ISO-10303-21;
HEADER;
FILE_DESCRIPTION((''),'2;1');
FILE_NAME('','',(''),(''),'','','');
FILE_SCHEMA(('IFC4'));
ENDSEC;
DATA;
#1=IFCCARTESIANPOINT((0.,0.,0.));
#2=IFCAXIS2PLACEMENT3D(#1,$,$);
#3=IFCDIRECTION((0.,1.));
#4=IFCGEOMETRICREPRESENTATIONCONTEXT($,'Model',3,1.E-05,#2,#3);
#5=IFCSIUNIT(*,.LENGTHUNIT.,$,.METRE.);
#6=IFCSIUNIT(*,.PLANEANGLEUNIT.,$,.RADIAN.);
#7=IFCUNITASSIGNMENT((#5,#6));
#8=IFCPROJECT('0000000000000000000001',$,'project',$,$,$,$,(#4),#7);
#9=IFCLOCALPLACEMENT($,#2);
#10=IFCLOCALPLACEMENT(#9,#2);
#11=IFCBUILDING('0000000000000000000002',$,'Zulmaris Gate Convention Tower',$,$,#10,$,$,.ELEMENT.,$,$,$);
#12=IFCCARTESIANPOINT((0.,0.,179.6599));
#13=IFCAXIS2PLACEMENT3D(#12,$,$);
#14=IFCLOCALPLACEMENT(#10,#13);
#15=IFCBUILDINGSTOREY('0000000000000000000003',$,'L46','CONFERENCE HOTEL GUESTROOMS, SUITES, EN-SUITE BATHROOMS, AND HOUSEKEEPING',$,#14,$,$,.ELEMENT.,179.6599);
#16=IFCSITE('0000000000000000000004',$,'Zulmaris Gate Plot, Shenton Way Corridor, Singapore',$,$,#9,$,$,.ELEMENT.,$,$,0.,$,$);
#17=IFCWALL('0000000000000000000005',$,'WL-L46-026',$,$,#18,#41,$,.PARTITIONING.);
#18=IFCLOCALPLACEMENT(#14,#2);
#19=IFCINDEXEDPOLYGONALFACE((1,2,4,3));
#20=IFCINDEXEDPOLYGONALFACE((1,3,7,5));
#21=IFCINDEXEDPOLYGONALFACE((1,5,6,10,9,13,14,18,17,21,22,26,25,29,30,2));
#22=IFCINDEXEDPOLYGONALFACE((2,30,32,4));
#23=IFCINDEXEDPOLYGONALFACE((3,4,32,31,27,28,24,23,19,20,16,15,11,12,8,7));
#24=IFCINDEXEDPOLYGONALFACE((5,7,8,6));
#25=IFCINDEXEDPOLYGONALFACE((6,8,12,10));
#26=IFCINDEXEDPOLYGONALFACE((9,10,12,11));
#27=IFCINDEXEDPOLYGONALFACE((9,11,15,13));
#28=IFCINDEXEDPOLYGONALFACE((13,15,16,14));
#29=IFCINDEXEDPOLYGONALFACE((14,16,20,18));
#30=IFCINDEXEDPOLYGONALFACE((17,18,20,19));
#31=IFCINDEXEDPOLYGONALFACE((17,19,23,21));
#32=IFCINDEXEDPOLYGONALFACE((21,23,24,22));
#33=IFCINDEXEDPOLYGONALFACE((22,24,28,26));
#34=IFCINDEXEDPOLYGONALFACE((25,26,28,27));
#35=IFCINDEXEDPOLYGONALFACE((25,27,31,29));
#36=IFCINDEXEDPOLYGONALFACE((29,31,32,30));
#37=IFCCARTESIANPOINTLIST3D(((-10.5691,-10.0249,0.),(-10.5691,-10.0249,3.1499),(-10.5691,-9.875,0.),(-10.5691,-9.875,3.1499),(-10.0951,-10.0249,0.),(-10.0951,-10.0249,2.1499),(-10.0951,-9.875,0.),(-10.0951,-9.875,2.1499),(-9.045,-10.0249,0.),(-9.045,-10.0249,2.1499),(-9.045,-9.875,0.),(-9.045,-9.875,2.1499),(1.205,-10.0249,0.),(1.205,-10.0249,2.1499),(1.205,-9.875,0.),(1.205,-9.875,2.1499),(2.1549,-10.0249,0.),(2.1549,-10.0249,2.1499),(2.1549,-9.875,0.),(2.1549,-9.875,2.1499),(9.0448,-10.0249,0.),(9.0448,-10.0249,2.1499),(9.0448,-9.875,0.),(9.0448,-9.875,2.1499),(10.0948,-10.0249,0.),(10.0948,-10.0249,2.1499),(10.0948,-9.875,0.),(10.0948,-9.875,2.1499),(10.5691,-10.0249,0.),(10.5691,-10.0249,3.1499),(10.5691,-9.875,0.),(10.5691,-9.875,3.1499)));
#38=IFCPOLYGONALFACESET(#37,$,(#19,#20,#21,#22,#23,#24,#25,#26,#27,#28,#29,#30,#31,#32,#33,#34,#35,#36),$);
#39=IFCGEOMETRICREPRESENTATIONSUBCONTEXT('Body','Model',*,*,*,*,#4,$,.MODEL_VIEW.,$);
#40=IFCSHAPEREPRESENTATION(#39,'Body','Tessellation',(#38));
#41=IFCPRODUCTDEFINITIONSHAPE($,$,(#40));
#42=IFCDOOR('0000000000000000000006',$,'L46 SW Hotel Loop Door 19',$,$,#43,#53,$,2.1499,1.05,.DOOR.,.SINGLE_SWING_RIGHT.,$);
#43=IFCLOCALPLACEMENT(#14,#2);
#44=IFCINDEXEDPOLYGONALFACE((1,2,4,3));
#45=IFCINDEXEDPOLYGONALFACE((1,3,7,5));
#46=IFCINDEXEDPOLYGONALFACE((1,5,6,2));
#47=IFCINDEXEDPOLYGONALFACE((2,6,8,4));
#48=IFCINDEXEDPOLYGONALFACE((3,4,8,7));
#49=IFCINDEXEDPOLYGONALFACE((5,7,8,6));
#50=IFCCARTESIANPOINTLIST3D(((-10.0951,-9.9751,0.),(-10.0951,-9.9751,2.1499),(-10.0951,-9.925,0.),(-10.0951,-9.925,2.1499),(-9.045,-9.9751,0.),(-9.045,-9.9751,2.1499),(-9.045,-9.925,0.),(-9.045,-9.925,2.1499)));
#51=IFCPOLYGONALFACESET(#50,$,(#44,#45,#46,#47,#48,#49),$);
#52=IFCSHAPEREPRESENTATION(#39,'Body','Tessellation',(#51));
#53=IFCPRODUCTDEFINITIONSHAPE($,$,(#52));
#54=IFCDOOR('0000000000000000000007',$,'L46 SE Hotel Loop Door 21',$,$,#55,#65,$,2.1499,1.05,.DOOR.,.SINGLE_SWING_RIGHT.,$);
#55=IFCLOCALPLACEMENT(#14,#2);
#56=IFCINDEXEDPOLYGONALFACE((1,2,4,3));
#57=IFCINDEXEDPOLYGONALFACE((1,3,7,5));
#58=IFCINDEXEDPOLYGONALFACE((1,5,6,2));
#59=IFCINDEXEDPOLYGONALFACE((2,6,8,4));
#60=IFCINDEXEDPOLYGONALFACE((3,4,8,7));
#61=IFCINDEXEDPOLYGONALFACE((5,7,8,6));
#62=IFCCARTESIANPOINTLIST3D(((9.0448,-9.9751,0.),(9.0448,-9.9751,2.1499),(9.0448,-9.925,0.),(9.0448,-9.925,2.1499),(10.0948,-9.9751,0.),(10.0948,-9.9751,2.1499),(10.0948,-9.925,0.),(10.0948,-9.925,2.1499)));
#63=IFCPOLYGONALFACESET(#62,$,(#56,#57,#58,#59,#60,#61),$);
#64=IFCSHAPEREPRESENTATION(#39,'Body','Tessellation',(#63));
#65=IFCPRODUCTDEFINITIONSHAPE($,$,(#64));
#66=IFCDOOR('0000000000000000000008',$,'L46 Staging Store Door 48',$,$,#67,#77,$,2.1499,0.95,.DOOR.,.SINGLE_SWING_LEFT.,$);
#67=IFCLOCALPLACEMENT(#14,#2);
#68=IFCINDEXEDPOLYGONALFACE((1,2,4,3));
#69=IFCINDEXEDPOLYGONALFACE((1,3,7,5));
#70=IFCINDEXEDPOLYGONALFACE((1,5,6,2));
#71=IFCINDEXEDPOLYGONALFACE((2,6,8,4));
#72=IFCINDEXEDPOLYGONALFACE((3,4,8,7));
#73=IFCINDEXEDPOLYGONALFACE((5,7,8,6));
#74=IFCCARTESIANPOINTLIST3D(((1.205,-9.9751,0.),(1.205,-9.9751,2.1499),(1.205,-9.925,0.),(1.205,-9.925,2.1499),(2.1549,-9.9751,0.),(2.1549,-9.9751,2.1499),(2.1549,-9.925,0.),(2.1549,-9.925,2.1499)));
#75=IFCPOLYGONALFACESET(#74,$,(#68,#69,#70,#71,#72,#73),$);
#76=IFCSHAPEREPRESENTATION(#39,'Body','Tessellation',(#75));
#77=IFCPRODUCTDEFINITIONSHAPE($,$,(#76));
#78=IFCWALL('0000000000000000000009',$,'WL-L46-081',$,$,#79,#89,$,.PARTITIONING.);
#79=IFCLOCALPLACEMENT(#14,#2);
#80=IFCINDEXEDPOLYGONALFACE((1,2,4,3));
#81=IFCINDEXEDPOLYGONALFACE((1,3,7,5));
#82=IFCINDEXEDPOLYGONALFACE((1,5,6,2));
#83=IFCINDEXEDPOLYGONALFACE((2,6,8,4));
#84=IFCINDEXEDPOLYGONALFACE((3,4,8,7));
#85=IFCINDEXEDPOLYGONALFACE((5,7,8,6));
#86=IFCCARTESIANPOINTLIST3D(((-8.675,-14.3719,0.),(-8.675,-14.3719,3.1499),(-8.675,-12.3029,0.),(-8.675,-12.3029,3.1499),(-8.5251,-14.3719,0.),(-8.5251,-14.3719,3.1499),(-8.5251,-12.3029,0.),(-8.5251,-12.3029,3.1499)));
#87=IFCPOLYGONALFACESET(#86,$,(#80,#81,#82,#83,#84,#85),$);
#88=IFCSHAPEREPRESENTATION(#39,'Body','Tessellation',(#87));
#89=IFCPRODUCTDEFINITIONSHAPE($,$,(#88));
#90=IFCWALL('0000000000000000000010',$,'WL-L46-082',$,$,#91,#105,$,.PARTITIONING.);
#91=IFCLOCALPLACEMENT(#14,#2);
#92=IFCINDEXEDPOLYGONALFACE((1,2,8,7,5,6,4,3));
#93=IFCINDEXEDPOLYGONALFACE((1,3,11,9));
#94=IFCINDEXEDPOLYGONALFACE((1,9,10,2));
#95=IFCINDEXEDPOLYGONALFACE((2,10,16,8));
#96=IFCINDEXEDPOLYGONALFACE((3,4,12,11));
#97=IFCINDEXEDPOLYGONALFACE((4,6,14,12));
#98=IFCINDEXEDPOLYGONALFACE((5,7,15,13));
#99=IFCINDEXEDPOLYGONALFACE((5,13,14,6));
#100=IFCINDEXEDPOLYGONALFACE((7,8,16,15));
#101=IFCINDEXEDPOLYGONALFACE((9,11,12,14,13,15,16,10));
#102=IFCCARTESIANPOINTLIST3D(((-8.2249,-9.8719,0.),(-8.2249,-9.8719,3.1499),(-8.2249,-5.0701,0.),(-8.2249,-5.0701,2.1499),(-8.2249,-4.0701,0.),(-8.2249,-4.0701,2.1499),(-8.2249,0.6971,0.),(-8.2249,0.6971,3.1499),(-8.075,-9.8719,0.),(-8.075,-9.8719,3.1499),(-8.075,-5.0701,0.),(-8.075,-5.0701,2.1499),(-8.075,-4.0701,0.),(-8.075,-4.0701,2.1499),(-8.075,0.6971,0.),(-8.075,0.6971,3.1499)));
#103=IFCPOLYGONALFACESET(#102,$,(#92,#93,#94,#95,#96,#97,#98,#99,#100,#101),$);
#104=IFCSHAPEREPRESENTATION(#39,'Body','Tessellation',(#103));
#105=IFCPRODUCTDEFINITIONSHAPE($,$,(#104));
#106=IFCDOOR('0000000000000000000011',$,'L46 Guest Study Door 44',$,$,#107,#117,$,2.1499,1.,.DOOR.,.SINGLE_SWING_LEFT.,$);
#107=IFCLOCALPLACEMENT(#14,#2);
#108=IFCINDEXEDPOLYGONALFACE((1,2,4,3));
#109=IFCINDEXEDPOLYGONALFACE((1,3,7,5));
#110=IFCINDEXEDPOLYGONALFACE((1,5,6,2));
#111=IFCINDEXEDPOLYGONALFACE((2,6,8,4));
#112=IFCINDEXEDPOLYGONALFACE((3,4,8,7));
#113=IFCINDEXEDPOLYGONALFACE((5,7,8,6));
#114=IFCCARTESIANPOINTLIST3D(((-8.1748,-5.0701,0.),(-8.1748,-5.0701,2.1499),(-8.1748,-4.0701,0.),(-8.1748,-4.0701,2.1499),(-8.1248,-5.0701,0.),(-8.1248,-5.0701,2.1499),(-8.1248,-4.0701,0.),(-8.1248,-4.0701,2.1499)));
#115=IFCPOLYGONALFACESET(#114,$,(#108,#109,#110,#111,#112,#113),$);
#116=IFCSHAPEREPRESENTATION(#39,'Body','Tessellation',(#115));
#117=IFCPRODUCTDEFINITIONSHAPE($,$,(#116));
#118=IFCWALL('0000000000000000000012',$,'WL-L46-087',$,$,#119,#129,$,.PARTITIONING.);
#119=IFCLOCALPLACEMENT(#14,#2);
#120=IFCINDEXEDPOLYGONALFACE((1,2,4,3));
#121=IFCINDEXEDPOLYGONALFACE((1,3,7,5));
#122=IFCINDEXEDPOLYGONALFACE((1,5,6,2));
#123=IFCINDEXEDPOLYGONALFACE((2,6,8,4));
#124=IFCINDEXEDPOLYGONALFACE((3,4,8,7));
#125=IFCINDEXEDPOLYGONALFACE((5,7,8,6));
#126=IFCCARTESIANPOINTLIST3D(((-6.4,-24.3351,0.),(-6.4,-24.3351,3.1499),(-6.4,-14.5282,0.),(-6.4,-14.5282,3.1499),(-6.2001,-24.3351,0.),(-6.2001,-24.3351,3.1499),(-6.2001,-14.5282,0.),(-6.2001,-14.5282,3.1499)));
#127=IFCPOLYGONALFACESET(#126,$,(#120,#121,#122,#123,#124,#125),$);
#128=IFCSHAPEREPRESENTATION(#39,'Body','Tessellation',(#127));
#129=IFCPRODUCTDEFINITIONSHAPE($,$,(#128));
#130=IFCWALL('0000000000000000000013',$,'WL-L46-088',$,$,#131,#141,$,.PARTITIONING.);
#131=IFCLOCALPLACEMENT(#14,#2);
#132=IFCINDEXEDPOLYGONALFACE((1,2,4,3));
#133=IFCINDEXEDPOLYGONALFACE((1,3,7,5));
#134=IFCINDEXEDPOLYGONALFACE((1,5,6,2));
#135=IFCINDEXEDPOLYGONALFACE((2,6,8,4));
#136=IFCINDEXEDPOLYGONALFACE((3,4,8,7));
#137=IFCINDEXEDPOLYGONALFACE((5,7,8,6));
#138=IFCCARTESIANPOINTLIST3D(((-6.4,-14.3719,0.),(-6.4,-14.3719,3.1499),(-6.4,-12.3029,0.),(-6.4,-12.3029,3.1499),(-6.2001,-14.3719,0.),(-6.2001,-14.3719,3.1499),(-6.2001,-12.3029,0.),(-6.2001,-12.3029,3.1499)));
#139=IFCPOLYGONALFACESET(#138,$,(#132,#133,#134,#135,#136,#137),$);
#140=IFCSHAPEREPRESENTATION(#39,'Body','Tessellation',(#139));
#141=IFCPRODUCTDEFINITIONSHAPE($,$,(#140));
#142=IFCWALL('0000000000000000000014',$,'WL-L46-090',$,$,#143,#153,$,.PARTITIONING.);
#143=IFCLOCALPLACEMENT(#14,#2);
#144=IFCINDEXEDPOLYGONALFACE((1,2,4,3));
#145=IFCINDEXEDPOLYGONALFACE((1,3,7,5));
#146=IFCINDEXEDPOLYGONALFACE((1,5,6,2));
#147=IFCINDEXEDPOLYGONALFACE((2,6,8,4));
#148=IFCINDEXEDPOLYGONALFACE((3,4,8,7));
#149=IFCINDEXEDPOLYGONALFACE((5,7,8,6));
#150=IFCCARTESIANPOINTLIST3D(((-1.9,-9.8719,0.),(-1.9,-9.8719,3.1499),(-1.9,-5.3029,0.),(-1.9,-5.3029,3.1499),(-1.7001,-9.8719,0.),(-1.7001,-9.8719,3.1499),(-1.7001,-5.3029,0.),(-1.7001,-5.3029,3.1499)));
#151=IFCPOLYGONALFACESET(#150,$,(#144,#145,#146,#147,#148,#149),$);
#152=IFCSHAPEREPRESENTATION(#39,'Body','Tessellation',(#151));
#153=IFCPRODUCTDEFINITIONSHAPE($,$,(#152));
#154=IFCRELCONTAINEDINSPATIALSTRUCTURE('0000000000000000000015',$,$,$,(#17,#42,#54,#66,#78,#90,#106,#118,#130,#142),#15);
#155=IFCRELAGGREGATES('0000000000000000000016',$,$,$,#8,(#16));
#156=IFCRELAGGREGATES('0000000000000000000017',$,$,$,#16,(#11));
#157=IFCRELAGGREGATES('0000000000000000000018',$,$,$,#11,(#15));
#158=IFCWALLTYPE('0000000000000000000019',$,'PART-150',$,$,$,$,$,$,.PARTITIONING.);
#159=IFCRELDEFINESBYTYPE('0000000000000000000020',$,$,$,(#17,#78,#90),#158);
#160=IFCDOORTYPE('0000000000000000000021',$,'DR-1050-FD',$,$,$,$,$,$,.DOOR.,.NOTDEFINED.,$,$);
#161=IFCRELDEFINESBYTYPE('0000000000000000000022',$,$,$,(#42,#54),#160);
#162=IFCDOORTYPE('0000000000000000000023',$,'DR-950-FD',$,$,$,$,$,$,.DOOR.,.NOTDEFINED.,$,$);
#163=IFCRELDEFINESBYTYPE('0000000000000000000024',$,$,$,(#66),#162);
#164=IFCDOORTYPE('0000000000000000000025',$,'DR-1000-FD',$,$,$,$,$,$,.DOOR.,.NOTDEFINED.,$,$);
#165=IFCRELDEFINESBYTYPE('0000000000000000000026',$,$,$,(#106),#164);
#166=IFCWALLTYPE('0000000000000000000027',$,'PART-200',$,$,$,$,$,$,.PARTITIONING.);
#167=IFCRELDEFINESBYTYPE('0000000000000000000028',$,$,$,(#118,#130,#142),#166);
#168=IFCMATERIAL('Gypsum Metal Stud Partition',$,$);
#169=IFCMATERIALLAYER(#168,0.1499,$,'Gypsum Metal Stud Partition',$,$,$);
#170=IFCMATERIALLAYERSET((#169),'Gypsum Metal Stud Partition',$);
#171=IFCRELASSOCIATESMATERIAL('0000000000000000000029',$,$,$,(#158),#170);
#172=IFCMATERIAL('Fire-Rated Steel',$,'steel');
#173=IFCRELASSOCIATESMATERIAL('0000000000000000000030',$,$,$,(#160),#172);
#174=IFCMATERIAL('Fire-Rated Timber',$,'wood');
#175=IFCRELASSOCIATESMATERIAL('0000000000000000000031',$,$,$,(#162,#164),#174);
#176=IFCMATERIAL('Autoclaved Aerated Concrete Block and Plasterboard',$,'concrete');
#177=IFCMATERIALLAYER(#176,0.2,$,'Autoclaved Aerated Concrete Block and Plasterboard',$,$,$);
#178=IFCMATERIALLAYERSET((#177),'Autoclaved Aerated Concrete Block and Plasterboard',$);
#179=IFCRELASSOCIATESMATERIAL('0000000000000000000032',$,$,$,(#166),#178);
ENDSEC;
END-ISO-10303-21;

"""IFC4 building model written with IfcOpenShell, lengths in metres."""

from ifc_helpers import new_model, si_unit, direction, frame, frame_2d, origin, place, context, subcontext, project, spatial, rectangle, extrude, material, layer, layer_set, type_object, element, fill, save


model = new_model("IFC4")

# Units and contexts
model_context = context("Model", 3, precision=1e-05, world=origin(), true_north=direction((0.0, 1.0)))
body_context = subcontext(model_context, "Body", "Model", "MODEL_VIEW")
ifc_project = project(units=[si_unit("LENGTHUNIT", "METRE"), si_unit("PLANEANGLEUNIT", "RADIAN")], contexts=[model_context])

# Site, building, storey
site_placement = place(None, origin())
site = spatial("IfcSite", under=ifc_project, at=site_placement, Name="Zulmaris Gate Plot, Shenton Way Corridor, Singapore", CompositionType="ELEMENT", RefElevation=0.0)
building_placement = place(site_placement, origin())
building = spatial("IfcBuilding", under=site, at=building_placement, Name="Zulmaris Gate Convention Tower", CompositionType="ELEMENT")
storey_placement = place(building_placement, frame((0.0, 0.0, 179.6599)))
storey = spatial("IfcBuildingStorey", under=building, at=storey_placement, Name="L46", Description="CONFERENCE HOTEL GUESTROOMS, SUITES, EN-SUITE BATHROOMS, AND HOUSEKEEPING", CompositionType="ELEMENT", Elevation=179.6599)

# Shared definitions
ifc_material_1 = material(Name="Gypsum Metal Stud Partition")
ifc_layer_1 = layer(ifc_material_1, 0.1499, Name="Gypsum Metal Stud Partition")
ifc_layer_set_1 = layer_set([ifc_layer_1], Name="Gypsum Metal Stud Partition")
wall_type_1 = type_object("IfcWallType", Name="PART-150", PredefinedType="PARTITIONING", material=ifc_layer_set_1)

# Wall, openings, doors
wall_1_placement = place(storey_placement, frame((-10.5691, -9.95, 0.0), z_axis=(0.0, 0.0, 1.0), x_axis=(1.0, 0.0, 0.0)))
wall_1 = element("IfcWall", 1, at=wall_1_placement, inside=storey, type_object=wall_type_1, Name="WL-L46-026", PredefinedType="PARTITIONING", context=body_context, shape_type="SweptSolid", body=[
    extrude(rectangle(XDim=21.1382, YDim=0.1499, at=frame_2d((10.5691, 0.0))), origin(), (0.0, 0.0, 1.0), 3.1499),
])
opening_1_placement = place(wall_1_placement, frame((0.4741, 0.0, 0.0)))
opening_1 = element("IfcOpeningElement", 2, at=opening_1_placement, cuts=wall_1, PredefinedType="OPENING", context=body_context, shape_type="SweptSolid", body=[
    extrude(rectangle(XDim=1.05, YDim=2.1499, at=frame_2d((0.5249, 1.075))), frame((0.0, 0.085, 0.0), z_axis=(0.0, -1.0, 0.0), x_axis=(1.0, 0.0, 0.0)), (0.0, 0.0, 1.0), 0.1699),
])
opening_2_placement = place(wall_1_placement, frame((19.614, 0.0, 0.0)))
opening_2 = element("IfcOpeningElement", 3, at=opening_2_placement, cuts=wall_1, PredefinedType="OPENING", context=body_context, shape_type="SweptSolid", body=[
    extrude(rectangle(XDim=1.05, YDim=2.1499, at=frame_2d((0.5249, 1.075))), frame((0.0, 0.085, 0.0), z_axis=(0.0, -1.0, 0.0), x_axis=(1.0, 0.0, 0.0)), (0.0, 0.0, 1.0), 0.1699),
])
opening_3_placement = place(wall_1_placement, frame((11.7739, 0.0, 0.0)))
opening_3 = element("IfcOpeningElement", 4, at=opening_3_placement, cuts=wall_1, PredefinedType="OPENING", context=body_context, shape_type="SweptSolid", body=[
    extrude(rectangle(XDim=0.95, YDim=2.1499, at=frame_2d((0.4751, 1.075))), frame((0.0, 0.085, 0.0), z_axis=(0.0, -1.0, 0.0), x_axis=(1.0, 0.0, 0.0)), (0.0, 0.0, 1.0), 0.1699),
])
ifc_material_2 = material(Name="Fire-Rated Steel", Category="steel")
door_type_1 = type_object("IfcDoorType", Name="DR-1050-FD", OperationType="NOTDEFINED", PredefinedType="DOOR", material=ifc_material_2)
door_1_placement = place(opening_1_placement, origin())
door_1 = element("IfcDoor", 5, at=door_1_placement, inside=storey, type_object=door_type_1, Name="L46 SW Hotel Loop Door 19", OperationType="SINGLE_SWING_RIGHT", OverallHeight=2.1499, OverallWidth=1.05, PredefinedType="DOOR", context=body_context, shape_type="SweptSolid", body=[
    extrude(rectangle(XDim=1.05, YDim=2.1499, at=frame_2d((0.5249, 1.075))), frame((0.0, 0.0249, 0.0), z_axis=(0.0, -1.0, 0.0), x_axis=(1.0, 0.0, 0.0)), (0.0, 0.0, 1.0), 0.05),
])
fill(opening_1, door_1)
door_2_placement = place(opening_2_placement, origin())
door_2 = element("IfcDoor", 6, at=door_2_placement, inside=storey, type_object=door_type_1, Name="L46 SE Hotel Loop Door 21", OperationType="SINGLE_SWING_RIGHT", OverallHeight=2.1499, OverallWidth=1.05, PredefinedType="DOOR", context=body_context, shape_type="SweptSolid", body=[
    extrude(rectangle(XDim=1.05, YDim=2.1499, at=frame_2d((0.5249, 1.075))), frame((0.0, 0.0249, 0.0), z_axis=(0.0, -1.0, 0.0), x_axis=(1.0, 0.0, 0.0)), (0.0, 0.0, 1.0), 0.05),
])
fill(opening_2, door_2)
ifc_material_3 = material(Name="Fire-Rated Timber", Category="wood")
door_type_2 = type_object("IfcDoorType", Name="DR-950-FD", OperationType="NOTDEFINED", PredefinedType="DOOR", material=ifc_material_3)
door_3_placement = place(opening_3_placement, origin())
door_3 = element("IfcDoor", 7, at=door_3_placement, inside=storey, type_object=door_type_2, Name="L46 Staging Store Door 48", OperationType="SINGLE_SWING_LEFT", OverallHeight=2.1499, OverallWidth=0.95, PredefinedType="DOOR", context=body_context, shape_type="SweptSolid", body=[
    extrude(rectangle(XDim=0.95, YDim=2.1499, at=frame_2d((0.4751, 1.075))), frame((0.0, 0.0249, 0.0), z_axis=(0.0, -1.0, 0.0), x_axis=(1.0, 0.0, 0.0)), (0.0, 0.0, 1.0), 0.05),
])
fill(opening_3, door_3)

# Wall
wall_2_placement = place(storey_placement, frame((-8.6001, -14.3721, 0.0), z_axis=(0.0, 0.0, 1.0), x_axis=(0.0, 1.0, 0.0)))
element("IfcWall", 8, at=wall_2_placement, inside=storey, type_object=wall_type_1, Name="WL-L46-081", PredefinedType="PARTITIONING", context=body_context, shape_type="SweptSolid", body=[
    extrude(rectangle(XDim=2.0691, YDim=0.1499, at=frame_2d((1.0347, 0.0))), origin(), (0.0, 0.0, 1.0), 3.1499),
])

# Wall, opening, door
wall_3_placement = place(storey_placement, frame((-8.1499, -9.8721, 0.0), z_axis=(0.0, 0.0, 1.0), x_axis=(0.0, 1.0, 0.0)))
wall_3 = element("IfcWall", 9, at=wall_3_placement, inside=storey, type_object=wall_type_1, Name="WL-L46-082", PredefinedType="PARTITIONING", context=body_context, shape_type="SweptSolid", body=[
    extrude(rectangle(XDim=10.5691, YDim=0.1499, at=frame_2d((5.2847, 0.0))), origin(), (0.0, 0.0, 1.0), 3.1499),
])
opening_4_placement = place(wall_3_placement, frame((4.802, 0.0, 0.0)))
opening_4 = element("IfcOpeningElement", 10, at=opening_4_placement, cuts=wall_3, PredefinedType="OPENING", context=body_context, shape_type="SweptSolid", body=[
    extrude(rectangle(XDim=1.0, YDim=2.1499, at=frame_2d((0.5, 1.075))), frame((0.0, 0.085, 0.0), z_axis=(0.0, -1.0, 0.0), x_axis=(1.0, 0.0, 0.0)), (0.0, 0.0, 1.0), 0.1699),
])
door_type_3 = type_object("IfcDoorType", Name="DR-1000-FD", OperationType="NOTDEFINED", PredefinedType="DOOR", material=ifc_material_3)
door_4_placement = place(opening_4_placement, origin())
door_4 = element("IfcDoor", 11, at=door_4_placement, inside=storey, type_object=door_type_3, Name="L46 Guest Study Door 44", OperationType="SINGLE_SWING_LEFT", OverallHeight=2.1499, OverallWidth=1.0, PredefinedType="DOOR", context=body_context, shape_type="SweptSolid", body=[
    extrude(rectangle(XDim=1.0, YDim=2.1499, at=frame_2d((0.5, 1.075))), frame((0.0, 0.0249, 0.0), z_axis=(0.0, -1.0, 0.0), x_axis=(1.0, 0.0, 0.0)), (0.0, 0.0, 1.0), 0.05),
])
fill(opening_4, door_4)

# Walls
ifc_material_4 = material(Name="Autoclaved Aerated Concrete Block and Plasterboard", Category="concrete")
ifc_layer_2 = layer(ifc_material_4, 0.2, Name="Autoclaved Aerated Concrete Block and Plasterboard")
ifc_layer_set_2 = layer_set([ifc_layer_2], Name="Autoclaved Aerated Concrete Block and Plasterboard")
wall_type_2 = type_object("IfcWallType", Name="PART-200", PredefinedType="PARTITIONING", material=ifc_layer_set_2)
wall_4_placement = place(storey_placement, frame((-6.3, -24.335, 0.0), z_axis=(0.0, 0.0, 1.0), x_axis=(0.0, 1.0, 0.0)))
element("IfcWall", 12, at=wall_4_placement, inside=storey, type_object=wall_type_2, Name="WL-L46-087", PredefinedType="PARTITIONING", context=body_context, shape_type="SweptSolid", body=[
    extrude(rectangle(XDim=9.8069, YDim=0.2, at=frame_2d((4.9033, 0.0))), origin(), (0.0, 0.0, 1.0), 3.1499),
])
wall_5_placement = place(storey_placement, frame((-6.3, -14.3721, 0.0), z_axis=(0.0, 0.0, 1.0), x_axis=(0.0, 1.0, 0.0)))
element("IfcWall", 13, at=wall_5_placement, inside=storey, type_object=wall_type_2, Name="WL-L46-088", PredefinedType="PARTITIONING", context=body_context, shape_type="SweptSolid", body=[
    extrude(rectangle(XDim=2.0691, YDim=0.2, at=frame_2d((1.0347, 0.0))), origin(), (0.0, 0.0, 1.0), 3.1499),
])
wall_6_placement = place(storey_placement, frame((-1.8, -9.8721, 0.0), z_axis=(0.0, 0.0, 1.0), x_axis=(0.0, 1.0, 0.0)))
element("IfcWall", 14, at=wall_6_placement, inside=storey, type_object=wall_type_2, Name="WL-L46-090", PredefinedType="PARTITIONING", context=body_context, shape_type="SweptSolid", body=[
    extrude(rectangle(XDim=4.5691, YDim=0.2, at=frame_2d((2.2847, 0.0))), origin(), (0.0, 0.0, 1.0), 3.1499),
])

save(model, "model.ifc")
